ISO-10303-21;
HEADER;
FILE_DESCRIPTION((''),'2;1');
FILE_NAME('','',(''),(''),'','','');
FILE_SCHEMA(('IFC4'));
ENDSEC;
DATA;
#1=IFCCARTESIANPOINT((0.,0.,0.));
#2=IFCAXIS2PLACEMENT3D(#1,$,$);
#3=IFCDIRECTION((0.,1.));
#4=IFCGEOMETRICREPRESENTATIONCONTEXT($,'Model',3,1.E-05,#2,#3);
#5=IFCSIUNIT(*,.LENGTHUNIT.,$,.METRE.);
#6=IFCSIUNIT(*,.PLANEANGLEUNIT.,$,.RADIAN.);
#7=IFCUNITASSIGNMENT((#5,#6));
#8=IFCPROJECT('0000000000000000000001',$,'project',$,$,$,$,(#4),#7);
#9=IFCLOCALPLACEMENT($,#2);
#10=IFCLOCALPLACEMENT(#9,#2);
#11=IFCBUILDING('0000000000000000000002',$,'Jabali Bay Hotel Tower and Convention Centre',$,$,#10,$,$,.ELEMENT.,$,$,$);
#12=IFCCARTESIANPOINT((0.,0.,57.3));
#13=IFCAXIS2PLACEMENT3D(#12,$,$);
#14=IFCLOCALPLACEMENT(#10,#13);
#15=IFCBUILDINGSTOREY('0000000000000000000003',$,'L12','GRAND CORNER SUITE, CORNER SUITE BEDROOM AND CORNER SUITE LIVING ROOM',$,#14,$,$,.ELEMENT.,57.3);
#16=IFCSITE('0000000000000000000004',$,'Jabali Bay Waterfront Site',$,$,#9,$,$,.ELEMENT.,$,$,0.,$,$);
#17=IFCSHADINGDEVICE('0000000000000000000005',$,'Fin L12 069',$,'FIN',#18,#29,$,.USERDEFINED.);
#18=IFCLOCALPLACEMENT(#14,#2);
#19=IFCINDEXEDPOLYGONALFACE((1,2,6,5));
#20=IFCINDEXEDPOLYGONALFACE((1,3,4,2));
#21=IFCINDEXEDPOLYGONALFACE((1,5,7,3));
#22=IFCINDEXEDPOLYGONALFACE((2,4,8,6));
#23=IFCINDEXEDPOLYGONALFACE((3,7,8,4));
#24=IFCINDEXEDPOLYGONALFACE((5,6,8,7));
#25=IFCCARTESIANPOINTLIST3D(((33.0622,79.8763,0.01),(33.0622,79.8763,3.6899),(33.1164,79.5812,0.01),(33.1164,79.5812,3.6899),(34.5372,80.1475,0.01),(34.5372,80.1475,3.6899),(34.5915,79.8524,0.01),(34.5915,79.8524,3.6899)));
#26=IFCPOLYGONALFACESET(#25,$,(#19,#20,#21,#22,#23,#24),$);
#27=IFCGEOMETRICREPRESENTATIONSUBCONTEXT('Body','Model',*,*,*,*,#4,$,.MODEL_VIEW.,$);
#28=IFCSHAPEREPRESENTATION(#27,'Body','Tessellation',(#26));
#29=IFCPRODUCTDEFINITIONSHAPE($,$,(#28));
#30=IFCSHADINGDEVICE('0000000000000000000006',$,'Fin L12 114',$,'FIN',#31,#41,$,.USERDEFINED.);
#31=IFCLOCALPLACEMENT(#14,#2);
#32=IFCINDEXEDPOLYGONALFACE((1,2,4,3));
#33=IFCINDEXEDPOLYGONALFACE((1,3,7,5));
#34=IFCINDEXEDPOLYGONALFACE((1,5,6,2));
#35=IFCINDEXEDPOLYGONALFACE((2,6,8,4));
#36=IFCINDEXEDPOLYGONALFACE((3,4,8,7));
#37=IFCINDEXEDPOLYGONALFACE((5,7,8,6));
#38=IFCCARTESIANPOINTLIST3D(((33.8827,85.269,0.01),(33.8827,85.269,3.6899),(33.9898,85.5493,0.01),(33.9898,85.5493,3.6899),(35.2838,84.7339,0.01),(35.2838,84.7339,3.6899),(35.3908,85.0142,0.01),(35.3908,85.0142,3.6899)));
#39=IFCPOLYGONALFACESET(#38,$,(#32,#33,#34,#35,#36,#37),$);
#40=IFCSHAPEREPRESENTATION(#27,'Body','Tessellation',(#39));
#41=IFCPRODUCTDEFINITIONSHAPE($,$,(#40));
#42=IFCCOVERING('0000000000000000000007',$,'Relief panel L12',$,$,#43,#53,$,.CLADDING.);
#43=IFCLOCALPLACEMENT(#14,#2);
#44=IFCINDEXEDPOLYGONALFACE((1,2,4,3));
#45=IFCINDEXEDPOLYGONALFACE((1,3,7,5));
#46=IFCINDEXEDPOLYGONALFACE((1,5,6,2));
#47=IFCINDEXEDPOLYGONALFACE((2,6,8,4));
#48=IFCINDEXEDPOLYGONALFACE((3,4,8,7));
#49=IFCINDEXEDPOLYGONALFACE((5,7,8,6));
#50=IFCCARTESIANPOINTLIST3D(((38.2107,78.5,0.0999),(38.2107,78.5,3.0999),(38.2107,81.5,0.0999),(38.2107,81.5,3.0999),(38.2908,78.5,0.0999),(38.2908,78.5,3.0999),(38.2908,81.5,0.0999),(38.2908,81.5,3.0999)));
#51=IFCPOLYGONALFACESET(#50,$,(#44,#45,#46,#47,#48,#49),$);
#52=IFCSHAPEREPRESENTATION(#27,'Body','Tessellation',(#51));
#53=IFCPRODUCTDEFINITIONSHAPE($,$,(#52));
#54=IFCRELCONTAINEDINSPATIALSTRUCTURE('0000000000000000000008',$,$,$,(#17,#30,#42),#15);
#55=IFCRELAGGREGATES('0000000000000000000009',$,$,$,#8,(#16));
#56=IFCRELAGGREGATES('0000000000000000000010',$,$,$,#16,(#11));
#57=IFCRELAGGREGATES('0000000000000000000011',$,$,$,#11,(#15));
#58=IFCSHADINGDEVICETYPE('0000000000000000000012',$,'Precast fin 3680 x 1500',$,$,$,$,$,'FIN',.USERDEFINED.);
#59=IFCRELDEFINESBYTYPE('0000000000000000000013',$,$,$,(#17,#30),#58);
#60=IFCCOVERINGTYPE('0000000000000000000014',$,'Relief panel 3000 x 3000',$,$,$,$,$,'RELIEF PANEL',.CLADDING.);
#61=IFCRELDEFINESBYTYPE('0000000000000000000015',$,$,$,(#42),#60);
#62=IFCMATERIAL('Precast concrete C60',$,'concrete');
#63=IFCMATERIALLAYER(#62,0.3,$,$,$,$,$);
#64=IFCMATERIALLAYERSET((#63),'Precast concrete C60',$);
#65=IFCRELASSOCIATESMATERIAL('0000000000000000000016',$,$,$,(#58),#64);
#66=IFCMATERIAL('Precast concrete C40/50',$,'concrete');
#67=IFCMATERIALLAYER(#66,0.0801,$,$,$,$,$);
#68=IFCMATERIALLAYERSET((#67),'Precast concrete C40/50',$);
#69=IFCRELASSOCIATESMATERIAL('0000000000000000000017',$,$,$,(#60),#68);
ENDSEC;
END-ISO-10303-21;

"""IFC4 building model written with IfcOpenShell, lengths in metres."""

from ifc_helpers import new_model, si_unit, direction, frame, frame_2d, origin, origin_2d, place, context, subcontext, project, spatial, rectangle, extrude, material, layer, layer_set, type_object, element, save


model = new_model("IFC4")

# Units and contexts
model_context = context("Model", 3, precision=1e-05, world=origin(), true_north=direction((0.0, 1.0)))
body_context = subcontext(model_context, "Body", "Model", "MODEL_VIEW")
ifc_project = project(units=[si_unit("LENGTHUNIT", "METRE"), si_unit("PLANEANGLEUNIT", "RADIAN")], contexts=[model_context])

# Site, building, storey
site_placement = place(None, origin())
site = spatial("IfcSite", under=ifc_project, at=site_placement, Name="Jabali Bay Waterfront Site", CompositionType="ELEMENT", RefElevation=0.0)
building_placement = place(site_placement, origin())
building = spatial("IfcBuilding", under=site, at=building_placement, Name="Jabali Bay Hotel Tower and Convention Centre", CompositionType="ELEMENT")
storey_placement = place(building_placement, frame((0.0, 0.0, 57.3)))
storey = spatial("IfcBuildingStorey", under=building, at=storey_placement, Name="L12", Description="GRAND CORNER SUITE, CORNER SUITE BEDROOM AND CORNER SUITE LIVING ROOM", CompositionType="ELEMENT", Elevation=57.3)

# Shading devices
ifc_material_1 = material(Name="Precast concrete C60", Category="concrete")
ifc_layer_1 = layer(ifc_material_1, 0.3)
ifc_layer_set_1 = layer_set([ifc_layer_1], Name="Precast concrete C60")
shading_device_type = type_object("IfcShadingDeviceType", Name="Precast fin 3680 x 1500", ElementType="FIN", PredefinedType="USERDEFINED", material=ifc_layer_set_1)
for number, where, z_axis, x_axis, name in (
    (1, (34.5645, 80.0, 0.01), (0.0, 0.0, 1.0), (-0.983511, -0.180848, 0.0), "Fin L12 069"),
    (2, (35.3374, 84.874, 0.01), (0.0, 0.0, 1.0), (-0.934178, 0.356807, 0.0), "Fin L12 114"),
):
    element("IfcShadingDevice", number, at=place(storey_placement, frame(where, z_axis=z_axis, x_axis=x_axis)), inside=storey, type_object=shading_device_type, Name=name, ObjectType="FIN", PredefinedType="USERDEFINED", context=body_context, shape_type="SweptSolid", body=[
        extrude(rectangle(XDim=1.4998, YDim=0.3, at=frame_2d((0.75, 0.0))), origin(), (0.0, 0.0, 1.0), 3.6799),
    ])

# Covering
ifc_material_2 = material(Name="Precast concrete C40/50", Category="concrete")
ifc_layer_2 = layer(ifc_material_2, 0.0801)
ifc_layer_set_2 = layer_set([ifc_layer_2], Name="Precast concrete C40/50")
covering_type = type_object("IfcCoveringType", Name="Relief panel 3000 x 3000", ElementType="RELIEF PANEL", PredefinedType="CLADDING", material=ifc_layer_set_2)
covering_placement = place(storey_placement, frame((38.2507, 80.0, 0.0999), z_axis=(0.0, 0.0, 1.0), x_axis=(0.0, 1.0, 0.0)))
element("IfcCovering", 3, at=covering_placement, inside=storey, type_object=covering_type, Name="Relief panel L12", PredefinedType="CLADDING", context=body_context, shape_type="SweptSolid", body=[
    extrude(rectangle(XDim=3.0, YDim=0.0801, at=origin_2d()), origin(), (0.0, 0.0, 1.0), 3.0),
])

save(model, "model.ifc")
